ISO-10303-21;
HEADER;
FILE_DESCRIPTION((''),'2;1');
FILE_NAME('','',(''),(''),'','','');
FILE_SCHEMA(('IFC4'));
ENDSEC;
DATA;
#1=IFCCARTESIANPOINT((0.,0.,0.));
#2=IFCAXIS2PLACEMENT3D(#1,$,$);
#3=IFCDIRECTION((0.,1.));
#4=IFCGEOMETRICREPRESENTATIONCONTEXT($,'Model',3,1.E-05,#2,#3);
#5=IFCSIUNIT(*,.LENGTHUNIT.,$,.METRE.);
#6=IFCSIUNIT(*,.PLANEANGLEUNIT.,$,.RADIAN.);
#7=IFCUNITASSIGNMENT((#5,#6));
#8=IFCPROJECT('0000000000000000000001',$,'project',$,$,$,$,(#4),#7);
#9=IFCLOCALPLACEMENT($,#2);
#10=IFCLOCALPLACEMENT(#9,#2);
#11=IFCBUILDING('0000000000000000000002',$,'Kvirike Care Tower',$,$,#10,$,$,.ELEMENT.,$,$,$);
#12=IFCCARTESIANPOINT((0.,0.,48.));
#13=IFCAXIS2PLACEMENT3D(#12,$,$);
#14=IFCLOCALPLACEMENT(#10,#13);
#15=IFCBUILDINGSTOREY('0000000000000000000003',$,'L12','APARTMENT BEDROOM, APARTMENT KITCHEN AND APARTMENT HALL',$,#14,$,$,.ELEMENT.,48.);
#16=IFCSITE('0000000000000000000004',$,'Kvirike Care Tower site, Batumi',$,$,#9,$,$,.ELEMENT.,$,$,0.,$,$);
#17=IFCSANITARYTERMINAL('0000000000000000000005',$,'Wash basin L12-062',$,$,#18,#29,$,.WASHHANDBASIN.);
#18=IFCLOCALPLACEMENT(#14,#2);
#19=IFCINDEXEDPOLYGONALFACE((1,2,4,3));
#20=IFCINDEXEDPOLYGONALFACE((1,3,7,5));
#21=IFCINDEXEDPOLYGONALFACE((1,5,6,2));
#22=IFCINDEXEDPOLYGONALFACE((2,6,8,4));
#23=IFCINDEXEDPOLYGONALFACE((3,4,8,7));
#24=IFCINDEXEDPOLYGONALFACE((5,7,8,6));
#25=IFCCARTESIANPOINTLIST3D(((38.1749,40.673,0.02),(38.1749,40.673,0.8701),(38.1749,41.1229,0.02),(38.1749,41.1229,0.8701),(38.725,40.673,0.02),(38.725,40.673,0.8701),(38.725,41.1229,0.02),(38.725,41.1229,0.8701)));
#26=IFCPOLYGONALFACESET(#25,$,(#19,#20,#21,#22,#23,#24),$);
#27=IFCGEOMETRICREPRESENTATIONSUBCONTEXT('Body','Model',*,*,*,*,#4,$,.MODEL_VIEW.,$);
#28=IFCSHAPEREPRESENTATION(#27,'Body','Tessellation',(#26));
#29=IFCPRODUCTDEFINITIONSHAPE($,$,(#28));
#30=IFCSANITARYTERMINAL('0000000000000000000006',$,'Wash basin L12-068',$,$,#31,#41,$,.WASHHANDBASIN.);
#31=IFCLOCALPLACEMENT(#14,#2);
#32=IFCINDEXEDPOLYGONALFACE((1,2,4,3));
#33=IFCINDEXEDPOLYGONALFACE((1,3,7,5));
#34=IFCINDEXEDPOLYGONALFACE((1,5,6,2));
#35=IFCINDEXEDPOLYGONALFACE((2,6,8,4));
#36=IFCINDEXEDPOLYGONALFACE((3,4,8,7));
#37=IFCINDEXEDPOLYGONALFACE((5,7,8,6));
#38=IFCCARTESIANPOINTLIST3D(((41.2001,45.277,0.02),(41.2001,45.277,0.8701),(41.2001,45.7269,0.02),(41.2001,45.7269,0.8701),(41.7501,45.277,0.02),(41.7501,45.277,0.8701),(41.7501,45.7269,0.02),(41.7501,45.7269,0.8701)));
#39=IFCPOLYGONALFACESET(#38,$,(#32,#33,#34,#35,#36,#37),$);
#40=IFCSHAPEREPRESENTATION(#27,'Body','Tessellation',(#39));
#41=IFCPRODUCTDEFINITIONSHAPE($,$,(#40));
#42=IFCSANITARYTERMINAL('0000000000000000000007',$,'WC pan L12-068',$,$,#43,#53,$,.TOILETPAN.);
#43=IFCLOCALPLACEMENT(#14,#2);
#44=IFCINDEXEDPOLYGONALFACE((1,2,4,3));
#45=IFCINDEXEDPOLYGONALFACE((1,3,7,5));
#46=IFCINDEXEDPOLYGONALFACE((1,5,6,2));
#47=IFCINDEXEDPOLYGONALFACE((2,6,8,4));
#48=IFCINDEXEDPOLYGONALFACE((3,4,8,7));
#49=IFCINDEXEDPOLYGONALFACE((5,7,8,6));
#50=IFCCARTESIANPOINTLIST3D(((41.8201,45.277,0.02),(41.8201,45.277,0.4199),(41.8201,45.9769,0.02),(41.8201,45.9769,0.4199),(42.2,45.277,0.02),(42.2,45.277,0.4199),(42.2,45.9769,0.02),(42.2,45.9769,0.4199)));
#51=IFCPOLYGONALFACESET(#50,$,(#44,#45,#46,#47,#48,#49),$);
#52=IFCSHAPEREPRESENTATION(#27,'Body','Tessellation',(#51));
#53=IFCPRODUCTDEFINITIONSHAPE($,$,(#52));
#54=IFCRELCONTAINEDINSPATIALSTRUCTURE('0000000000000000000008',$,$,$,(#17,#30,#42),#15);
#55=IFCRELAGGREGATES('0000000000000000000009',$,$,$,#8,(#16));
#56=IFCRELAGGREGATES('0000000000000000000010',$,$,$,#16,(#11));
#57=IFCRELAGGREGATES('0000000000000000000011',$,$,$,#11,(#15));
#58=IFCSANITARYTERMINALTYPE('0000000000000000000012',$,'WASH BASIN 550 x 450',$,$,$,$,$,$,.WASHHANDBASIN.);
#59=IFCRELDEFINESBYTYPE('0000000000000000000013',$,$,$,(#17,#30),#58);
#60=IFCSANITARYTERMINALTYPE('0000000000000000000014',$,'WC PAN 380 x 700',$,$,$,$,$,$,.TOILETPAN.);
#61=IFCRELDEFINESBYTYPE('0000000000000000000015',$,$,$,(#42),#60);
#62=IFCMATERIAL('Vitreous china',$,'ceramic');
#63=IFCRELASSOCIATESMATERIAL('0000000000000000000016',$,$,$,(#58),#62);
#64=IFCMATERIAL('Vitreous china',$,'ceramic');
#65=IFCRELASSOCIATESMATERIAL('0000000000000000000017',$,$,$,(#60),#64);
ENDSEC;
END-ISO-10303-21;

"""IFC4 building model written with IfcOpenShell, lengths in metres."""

from ifc_helpers import new_model, si_unit, direction, frame, origin, origin_2d, place, context, subcontext, project, spatial, rectangle, extrude, material, type_object, element, save


model = new_model("IFC4")

# Units and contexts
model_context = context("Model", 3, precision=1e-05, world=origin(), true_north=direction((0.0, 1.0)))
body_context = subcontext(model_context, "Body", "Model", "MODEL_VIEW")
ifc_project = project(units=[si_unit("LENGTHUNIT", "METRE"), si_unit("PLANEANGLEUNIT", "RADIAN")], contexts=[model_context])

# Site, building, storey
site_placement = place(None, origin())
site = spatial("IfcSite", under=ifc_project, at=site_placement, Name="Kvirike Care Tower site, Batumi", CompositionType="ELEMENT", RefElevation=0.0)
building_placement = place(site_placement, origin())
building = spatial("IfcBuilding", under=site, at=building_placement, Name="Kvirike Care Tower", CompositionType="ELEMENT")
storey_placement = place(building_placement, frame((0.0, 0.0, 48.0)))
storey = spatial("IfcBuildingStorey", under=building, at=storey_placement, Name="L12", Description="APARTMENT BEDROOM, APARTMENT KITCHEN AND APARTMENT HALL", CompositionType="ELEMENT", Elevation=48.0)

# Sanitary terminals
ifc_material_1 = material(Name="Vitreous china", Category="ceramic")
sanitary_terminal_type_1 = type_object("IfcSanitaryTerminalType", Name="WASH BASIN 550 x 450", PredefinedType="WASHHANDBASIN", material=ifc_material_1)
for number, where, z_axis, x_axis, name in (
    (1, (38.45, 40.8979, 0.02), (0.0, 0.0, 1.0), (1.0, 0.0, 0.0), "Wash basin L12-062"),
    (2, (41.4751, 45.502, 0.02), (0.0, 0.0, 1.0), (-1.0, 0.0, 0.0), "Wash basin L12-068"),
):
    element("IfcSanitaryTerminal", number, at=place(storey_placement, frame(where, z_axis=z_axis, x_axis=x_axis)), inside=storey, type_object=sanitary_terminal_type_1, Name=name, PredefinedType="WASHHANDBASIN", context=body_context, shape_type="SweptSolid", body=[
        extrude(rectangle(XDim=0.55, YDim=0.45, at=origin_2d()), origin(), (0.0, 0.0, 1.0), 0.8501),
    ])
ifc_material_2 = material(Name="Vitreous china", Category="ceramic")
sanitary_terminal_type_2 = type_object("IfcSanitaryTerminalType", Name="WC PAN 380 x 700", PredefinedType="TOILETPAN", material=ifc_material_2)
sanitary_terminal_1_placement = place(storey_placement, frame((42.01, 45.627, 0.02), z_axis=(0.0, 0.0, 1.0), x_axis=(-1.0, 0.0, 0.0)))
element("IfcSanitaryTerminal", 3, at=sanitary_terminal_1_placement, inside=storey, type_object=sanitary_terminal_type_2, Name="WC pan L12-068", PredefinedType="TOILETPAN", context=body_context, shape_type="SweptSolid", body=[
    extrude(rectangle(XDim=0.3799, YDim=0.7, at=origin_2d()), origin(), (0.0, 0.0, 1.0), 0.3999),
])

save(model, "model.ifc")
